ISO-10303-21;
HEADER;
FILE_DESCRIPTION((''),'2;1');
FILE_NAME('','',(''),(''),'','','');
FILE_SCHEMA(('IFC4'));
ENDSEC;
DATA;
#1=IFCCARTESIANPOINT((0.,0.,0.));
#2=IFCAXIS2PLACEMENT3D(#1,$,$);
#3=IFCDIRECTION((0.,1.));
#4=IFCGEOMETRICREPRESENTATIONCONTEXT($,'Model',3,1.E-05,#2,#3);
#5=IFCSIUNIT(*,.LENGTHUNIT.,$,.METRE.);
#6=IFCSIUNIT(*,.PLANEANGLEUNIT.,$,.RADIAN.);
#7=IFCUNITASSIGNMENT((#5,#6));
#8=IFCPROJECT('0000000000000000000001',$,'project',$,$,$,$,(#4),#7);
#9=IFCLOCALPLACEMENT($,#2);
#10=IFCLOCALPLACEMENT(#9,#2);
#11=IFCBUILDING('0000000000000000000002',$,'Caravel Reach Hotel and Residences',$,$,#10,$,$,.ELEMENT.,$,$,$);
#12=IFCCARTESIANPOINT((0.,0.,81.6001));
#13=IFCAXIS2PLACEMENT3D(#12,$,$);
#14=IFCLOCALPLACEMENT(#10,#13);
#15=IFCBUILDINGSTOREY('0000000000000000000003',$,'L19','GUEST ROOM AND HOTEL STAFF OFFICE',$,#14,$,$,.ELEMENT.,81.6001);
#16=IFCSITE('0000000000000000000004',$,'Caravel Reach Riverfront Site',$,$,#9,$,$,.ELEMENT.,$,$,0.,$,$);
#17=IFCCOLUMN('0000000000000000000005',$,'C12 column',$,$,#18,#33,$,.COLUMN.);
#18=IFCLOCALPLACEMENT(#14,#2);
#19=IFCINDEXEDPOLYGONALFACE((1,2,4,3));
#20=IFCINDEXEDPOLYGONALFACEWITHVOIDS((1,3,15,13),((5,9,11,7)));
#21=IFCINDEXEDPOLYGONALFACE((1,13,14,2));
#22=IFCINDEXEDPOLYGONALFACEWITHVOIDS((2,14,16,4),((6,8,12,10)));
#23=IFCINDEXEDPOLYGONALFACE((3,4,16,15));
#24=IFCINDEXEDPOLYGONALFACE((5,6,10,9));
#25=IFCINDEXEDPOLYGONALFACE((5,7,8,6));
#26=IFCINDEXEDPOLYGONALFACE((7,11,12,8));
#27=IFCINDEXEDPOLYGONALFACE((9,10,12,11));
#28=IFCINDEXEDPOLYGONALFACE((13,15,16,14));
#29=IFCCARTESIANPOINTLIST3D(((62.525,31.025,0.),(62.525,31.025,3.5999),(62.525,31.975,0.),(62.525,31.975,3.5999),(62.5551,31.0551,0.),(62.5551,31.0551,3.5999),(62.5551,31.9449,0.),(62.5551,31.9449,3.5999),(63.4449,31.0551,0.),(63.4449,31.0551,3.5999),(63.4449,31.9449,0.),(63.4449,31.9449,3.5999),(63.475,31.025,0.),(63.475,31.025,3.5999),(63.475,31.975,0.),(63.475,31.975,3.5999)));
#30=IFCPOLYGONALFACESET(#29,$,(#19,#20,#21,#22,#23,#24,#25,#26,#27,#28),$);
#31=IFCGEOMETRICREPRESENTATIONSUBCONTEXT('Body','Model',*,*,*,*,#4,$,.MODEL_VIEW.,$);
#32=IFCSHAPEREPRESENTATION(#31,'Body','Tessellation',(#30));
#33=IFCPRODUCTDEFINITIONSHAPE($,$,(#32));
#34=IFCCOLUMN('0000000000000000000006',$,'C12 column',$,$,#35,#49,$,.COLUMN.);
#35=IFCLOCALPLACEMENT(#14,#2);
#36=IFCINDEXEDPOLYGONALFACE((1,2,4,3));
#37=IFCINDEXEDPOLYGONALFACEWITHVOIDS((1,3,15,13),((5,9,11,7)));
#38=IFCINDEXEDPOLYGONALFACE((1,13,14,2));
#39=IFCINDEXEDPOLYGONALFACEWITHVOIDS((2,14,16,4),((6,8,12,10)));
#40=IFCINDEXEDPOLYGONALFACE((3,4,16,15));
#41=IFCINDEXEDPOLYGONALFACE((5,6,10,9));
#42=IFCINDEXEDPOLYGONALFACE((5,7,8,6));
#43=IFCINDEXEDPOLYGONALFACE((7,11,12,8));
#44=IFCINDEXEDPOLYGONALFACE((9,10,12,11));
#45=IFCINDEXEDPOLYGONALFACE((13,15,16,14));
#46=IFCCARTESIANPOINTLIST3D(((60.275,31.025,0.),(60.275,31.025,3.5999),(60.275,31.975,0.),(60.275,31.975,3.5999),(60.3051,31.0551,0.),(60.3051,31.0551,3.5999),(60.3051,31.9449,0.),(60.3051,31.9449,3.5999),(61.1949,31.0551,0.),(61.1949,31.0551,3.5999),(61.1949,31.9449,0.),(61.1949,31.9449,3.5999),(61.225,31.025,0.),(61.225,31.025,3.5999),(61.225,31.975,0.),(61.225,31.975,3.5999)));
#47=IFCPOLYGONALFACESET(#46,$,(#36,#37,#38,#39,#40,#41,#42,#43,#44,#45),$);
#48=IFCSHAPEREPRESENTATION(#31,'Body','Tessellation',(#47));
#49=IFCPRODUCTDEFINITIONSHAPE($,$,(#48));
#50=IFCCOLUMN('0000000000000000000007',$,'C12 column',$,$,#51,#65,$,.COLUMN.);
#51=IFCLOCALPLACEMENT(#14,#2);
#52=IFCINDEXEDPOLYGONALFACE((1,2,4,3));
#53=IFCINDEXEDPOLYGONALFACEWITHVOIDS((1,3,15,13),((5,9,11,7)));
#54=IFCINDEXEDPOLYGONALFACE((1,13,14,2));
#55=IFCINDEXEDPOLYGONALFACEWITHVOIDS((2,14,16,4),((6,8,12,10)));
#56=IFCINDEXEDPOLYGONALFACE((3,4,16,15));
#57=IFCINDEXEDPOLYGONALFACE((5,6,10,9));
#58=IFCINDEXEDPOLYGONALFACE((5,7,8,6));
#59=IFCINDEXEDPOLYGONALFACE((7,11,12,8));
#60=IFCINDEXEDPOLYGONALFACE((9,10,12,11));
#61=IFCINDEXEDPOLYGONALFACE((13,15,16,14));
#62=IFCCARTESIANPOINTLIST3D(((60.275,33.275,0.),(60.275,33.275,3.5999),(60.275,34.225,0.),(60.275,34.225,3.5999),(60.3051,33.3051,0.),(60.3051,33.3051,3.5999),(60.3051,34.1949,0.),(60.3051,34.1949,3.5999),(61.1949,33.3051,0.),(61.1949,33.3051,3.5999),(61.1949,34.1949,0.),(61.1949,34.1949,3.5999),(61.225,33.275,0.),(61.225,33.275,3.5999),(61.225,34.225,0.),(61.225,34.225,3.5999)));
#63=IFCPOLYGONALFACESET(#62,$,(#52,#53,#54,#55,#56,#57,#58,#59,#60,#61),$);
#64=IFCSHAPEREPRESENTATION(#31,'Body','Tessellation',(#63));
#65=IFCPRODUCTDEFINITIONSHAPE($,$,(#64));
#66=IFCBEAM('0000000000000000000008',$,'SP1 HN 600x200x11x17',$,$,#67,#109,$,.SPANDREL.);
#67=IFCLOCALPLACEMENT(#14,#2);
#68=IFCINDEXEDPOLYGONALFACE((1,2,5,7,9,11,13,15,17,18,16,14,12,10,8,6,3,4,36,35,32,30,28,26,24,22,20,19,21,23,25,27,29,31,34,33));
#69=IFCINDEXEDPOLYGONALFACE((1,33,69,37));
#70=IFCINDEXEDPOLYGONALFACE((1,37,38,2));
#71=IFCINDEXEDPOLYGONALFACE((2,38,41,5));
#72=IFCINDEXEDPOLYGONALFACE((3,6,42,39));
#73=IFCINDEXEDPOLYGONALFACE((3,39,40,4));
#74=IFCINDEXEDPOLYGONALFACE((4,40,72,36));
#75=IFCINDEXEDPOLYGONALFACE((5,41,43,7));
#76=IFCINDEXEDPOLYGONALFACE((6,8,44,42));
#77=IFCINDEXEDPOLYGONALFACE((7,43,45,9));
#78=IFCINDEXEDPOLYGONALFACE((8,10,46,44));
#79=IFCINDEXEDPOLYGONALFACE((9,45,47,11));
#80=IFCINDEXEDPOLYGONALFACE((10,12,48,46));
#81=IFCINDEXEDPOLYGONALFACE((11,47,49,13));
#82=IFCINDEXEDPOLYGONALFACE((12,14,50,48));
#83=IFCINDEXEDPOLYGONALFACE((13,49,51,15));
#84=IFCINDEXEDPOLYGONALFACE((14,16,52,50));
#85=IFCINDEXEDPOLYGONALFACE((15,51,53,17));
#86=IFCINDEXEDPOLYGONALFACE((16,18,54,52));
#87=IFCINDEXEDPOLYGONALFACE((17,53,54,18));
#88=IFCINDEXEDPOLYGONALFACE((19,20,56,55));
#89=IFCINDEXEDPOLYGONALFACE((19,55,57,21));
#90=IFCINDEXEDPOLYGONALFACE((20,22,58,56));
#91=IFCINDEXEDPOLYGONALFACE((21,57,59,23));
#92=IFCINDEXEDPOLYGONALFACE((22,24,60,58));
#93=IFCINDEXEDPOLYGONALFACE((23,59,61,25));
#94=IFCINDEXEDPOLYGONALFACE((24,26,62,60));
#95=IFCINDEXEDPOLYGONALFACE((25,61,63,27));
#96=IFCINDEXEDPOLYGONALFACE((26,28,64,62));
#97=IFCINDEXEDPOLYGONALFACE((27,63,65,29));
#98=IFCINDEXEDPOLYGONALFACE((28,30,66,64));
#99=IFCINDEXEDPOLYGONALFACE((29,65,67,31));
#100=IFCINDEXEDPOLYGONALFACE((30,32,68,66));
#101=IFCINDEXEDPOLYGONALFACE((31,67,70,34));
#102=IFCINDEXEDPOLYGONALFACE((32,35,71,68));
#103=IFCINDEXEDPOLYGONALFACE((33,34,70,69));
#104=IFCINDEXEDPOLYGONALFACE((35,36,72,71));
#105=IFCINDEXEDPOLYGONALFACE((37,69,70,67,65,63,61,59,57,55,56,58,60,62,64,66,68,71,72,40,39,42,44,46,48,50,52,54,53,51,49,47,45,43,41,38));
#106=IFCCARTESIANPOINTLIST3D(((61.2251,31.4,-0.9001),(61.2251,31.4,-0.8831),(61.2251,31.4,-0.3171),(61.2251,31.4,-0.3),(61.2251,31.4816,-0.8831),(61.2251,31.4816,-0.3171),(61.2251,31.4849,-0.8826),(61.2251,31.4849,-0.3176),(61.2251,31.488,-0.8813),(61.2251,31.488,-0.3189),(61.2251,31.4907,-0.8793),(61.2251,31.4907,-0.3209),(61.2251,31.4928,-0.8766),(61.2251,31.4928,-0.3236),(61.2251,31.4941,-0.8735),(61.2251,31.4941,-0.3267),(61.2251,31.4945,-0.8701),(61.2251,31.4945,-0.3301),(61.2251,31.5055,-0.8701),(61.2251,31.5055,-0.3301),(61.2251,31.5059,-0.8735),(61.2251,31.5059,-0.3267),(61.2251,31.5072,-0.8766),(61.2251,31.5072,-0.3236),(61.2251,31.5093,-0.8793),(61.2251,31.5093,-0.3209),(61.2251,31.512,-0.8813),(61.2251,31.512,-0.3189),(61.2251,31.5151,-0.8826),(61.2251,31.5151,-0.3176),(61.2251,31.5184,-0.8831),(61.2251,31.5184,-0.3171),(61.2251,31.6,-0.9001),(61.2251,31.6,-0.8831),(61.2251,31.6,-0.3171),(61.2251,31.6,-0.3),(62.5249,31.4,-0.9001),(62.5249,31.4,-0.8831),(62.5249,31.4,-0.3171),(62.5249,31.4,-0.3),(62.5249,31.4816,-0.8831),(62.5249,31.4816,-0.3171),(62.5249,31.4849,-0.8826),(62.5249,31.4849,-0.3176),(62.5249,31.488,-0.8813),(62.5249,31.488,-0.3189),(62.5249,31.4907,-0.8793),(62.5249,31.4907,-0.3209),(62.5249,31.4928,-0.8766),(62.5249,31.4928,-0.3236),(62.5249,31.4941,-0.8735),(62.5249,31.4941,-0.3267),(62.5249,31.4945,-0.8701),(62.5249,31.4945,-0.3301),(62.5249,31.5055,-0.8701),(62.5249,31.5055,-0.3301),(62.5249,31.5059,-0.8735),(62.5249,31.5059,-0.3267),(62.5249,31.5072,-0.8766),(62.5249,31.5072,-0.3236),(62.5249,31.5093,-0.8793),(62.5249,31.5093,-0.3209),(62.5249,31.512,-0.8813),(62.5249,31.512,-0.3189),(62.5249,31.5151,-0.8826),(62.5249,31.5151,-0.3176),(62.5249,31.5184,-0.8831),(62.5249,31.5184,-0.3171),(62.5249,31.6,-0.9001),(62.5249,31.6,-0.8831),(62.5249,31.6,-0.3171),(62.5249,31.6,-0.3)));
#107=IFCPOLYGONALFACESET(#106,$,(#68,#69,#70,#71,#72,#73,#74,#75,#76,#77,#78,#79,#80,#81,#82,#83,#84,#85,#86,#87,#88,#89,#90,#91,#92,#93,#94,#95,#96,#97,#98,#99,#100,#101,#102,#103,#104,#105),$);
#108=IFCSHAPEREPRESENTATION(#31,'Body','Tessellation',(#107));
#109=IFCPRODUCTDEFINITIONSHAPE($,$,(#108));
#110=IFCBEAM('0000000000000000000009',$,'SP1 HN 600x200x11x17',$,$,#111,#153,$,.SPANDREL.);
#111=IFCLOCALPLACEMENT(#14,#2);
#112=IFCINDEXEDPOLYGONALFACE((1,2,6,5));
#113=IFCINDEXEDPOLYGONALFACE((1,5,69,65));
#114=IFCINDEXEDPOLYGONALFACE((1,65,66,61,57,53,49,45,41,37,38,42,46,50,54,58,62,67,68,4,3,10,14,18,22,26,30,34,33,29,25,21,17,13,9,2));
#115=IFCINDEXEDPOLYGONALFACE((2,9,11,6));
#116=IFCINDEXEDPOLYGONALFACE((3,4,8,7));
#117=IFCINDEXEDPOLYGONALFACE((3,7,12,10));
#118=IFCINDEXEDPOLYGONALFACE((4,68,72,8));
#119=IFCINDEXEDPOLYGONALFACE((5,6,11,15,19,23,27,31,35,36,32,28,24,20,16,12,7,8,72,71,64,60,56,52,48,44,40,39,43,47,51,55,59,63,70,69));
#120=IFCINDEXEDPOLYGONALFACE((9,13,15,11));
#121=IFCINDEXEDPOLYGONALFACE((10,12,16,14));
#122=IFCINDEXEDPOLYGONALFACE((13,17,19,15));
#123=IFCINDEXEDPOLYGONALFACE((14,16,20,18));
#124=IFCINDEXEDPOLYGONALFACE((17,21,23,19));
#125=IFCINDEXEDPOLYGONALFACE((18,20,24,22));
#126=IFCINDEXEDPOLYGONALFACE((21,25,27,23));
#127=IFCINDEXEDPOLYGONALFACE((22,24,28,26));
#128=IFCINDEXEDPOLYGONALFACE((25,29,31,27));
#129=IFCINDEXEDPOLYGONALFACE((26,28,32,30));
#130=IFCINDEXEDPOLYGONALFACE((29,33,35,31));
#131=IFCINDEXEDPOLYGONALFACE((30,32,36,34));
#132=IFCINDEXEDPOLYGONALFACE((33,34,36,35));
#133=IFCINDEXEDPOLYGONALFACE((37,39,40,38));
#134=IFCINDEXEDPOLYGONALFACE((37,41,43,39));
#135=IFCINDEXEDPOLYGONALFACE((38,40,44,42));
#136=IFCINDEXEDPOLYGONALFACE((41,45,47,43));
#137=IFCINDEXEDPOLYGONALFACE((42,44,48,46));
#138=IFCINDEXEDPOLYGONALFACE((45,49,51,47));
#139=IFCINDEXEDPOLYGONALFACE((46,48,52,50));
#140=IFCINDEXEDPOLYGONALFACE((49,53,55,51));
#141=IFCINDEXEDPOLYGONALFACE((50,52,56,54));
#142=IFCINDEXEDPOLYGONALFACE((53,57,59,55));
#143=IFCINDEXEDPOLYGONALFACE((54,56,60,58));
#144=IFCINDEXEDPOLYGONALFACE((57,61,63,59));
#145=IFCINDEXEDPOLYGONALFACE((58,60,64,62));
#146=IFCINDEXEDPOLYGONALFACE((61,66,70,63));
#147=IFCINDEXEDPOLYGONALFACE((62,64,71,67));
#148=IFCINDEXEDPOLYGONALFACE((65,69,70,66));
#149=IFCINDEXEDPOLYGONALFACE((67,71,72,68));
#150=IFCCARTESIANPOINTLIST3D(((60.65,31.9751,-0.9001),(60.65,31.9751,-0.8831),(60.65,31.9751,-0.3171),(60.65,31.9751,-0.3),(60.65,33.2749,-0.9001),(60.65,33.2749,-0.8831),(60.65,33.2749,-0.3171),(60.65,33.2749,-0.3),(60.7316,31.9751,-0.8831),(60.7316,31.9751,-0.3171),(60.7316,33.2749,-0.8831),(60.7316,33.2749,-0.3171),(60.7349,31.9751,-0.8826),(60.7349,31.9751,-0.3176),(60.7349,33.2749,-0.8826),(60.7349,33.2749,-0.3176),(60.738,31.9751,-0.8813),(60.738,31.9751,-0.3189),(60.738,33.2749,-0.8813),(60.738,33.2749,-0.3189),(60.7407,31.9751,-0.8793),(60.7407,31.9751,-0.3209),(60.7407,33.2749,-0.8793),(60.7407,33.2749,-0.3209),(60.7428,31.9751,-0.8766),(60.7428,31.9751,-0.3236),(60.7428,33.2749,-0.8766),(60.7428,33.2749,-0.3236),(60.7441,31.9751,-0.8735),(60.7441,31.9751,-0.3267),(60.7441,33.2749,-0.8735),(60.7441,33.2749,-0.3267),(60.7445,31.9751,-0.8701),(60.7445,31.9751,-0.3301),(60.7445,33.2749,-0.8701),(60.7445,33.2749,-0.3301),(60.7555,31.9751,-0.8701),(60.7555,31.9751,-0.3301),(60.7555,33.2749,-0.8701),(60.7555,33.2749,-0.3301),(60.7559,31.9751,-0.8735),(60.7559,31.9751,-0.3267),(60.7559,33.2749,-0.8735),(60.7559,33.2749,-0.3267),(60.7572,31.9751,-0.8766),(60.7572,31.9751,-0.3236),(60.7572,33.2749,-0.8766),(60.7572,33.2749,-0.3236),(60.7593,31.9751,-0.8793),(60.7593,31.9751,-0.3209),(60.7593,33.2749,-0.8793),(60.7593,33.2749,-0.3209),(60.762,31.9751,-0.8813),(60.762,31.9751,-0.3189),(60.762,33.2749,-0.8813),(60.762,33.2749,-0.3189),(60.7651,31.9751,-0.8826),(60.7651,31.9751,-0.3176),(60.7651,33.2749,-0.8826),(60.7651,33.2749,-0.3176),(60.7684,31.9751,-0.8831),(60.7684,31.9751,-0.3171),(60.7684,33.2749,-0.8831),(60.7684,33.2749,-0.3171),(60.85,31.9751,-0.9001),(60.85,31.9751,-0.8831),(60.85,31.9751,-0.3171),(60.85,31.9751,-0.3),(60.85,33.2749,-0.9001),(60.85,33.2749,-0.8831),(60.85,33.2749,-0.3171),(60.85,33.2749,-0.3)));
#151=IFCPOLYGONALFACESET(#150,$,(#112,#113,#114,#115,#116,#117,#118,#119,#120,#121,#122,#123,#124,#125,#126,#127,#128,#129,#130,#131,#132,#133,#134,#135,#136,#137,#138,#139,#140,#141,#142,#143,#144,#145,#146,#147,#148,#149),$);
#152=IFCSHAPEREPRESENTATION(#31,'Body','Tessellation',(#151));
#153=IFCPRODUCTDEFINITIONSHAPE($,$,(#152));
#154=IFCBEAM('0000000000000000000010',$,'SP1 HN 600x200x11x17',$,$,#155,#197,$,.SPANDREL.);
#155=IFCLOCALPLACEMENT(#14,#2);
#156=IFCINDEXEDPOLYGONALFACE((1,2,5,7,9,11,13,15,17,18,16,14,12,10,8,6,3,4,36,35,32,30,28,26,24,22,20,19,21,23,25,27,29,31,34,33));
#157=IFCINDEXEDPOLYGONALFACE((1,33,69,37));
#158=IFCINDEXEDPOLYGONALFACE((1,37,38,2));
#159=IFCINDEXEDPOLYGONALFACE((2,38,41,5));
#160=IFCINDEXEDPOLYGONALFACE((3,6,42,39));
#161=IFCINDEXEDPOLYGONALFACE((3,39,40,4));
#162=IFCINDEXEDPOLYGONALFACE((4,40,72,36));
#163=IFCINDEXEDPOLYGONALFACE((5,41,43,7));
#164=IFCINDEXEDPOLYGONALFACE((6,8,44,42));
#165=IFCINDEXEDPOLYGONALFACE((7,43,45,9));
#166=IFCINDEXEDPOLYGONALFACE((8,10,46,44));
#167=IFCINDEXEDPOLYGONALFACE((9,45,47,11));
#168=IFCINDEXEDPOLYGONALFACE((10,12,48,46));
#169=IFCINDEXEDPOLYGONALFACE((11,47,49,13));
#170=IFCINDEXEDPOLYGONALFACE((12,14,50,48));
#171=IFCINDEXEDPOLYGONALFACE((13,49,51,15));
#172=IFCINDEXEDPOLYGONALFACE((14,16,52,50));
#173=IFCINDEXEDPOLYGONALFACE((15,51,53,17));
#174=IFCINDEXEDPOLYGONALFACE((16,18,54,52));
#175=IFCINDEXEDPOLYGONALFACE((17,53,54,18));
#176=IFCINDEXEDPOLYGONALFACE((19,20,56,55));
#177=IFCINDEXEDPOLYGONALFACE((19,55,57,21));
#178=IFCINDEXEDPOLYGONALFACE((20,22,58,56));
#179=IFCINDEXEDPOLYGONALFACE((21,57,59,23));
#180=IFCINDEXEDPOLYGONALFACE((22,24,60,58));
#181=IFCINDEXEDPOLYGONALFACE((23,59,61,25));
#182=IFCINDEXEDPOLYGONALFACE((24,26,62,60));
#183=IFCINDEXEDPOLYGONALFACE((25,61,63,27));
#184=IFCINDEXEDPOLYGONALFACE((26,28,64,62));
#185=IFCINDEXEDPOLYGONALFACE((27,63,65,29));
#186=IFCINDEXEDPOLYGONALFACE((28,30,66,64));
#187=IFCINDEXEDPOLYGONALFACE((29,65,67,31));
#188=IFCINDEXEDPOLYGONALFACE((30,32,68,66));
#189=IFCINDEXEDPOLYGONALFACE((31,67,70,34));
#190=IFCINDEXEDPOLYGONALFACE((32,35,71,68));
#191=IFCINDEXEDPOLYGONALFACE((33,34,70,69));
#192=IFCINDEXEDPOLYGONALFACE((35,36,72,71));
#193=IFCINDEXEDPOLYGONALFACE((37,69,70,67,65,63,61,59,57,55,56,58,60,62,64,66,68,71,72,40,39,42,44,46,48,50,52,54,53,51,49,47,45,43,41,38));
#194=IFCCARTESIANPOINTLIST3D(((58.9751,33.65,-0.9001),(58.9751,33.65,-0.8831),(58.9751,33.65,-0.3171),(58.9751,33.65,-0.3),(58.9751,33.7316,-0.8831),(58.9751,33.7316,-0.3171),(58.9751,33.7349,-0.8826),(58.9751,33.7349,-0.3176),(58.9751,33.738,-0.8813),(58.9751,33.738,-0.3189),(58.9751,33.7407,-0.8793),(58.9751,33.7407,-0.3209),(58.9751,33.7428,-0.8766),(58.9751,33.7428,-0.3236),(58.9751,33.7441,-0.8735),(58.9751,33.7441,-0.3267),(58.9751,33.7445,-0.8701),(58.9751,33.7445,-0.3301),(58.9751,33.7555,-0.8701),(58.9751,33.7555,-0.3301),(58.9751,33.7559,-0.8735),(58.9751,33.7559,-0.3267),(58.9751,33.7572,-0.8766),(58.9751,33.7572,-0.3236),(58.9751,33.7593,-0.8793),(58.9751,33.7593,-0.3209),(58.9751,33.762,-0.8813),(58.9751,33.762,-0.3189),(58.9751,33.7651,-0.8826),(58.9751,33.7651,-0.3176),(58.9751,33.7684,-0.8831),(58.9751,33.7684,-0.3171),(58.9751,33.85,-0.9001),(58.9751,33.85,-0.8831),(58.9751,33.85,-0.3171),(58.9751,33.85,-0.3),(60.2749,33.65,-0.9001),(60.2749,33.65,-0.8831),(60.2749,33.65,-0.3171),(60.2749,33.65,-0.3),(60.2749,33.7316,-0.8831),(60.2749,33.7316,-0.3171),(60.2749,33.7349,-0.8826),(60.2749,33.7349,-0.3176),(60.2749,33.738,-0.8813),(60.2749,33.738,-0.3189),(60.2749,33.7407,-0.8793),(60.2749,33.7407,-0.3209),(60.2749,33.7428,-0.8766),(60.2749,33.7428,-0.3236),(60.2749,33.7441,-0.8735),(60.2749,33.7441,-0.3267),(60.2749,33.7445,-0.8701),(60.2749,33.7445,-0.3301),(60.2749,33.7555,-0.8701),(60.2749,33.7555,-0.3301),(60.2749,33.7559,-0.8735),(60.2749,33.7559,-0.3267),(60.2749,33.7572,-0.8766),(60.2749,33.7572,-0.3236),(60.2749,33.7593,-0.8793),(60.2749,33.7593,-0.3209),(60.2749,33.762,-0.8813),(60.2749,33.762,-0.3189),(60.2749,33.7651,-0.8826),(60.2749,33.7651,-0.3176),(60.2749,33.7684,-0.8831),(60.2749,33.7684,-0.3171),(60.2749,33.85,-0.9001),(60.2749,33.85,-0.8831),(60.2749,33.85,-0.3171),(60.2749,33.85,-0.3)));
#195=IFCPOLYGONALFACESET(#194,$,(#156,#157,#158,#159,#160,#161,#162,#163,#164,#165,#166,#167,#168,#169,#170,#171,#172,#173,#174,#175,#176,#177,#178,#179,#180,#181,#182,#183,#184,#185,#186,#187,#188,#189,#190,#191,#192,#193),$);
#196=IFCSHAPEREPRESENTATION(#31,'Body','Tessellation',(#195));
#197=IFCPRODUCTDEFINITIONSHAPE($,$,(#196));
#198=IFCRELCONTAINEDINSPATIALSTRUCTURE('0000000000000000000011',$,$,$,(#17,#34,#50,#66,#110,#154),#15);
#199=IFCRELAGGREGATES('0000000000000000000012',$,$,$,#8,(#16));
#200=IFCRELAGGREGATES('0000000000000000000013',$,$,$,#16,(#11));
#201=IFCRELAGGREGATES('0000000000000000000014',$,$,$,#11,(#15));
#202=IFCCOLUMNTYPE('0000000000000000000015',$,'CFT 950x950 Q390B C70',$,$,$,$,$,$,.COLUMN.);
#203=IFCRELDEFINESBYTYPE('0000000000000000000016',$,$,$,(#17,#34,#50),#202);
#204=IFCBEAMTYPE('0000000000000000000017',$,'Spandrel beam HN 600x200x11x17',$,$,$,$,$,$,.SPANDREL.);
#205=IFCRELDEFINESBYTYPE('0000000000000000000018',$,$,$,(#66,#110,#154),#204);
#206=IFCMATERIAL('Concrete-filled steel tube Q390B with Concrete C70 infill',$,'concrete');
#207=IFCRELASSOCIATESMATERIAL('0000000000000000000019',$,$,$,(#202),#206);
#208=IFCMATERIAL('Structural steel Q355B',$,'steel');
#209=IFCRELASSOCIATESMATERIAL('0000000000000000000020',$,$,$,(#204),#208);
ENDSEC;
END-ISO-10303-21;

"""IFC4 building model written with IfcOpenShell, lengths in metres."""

from ifc_helpers import new_model, si_unit, direction, frame, origin, origin_2d, place, context, subcontext, project, spatial, hollow_rectangle, i_section, extrude, material, material_profile, profile_set, type_object, element, save


model = new_model("IFC4")

# Units and contexts
model_context = context("Model", 3, precision=1e-05, world=origin(), true_north=direction((0.0, 1.0)))
body_context = subcontext(model_context, "Body", "Model", "MODEL_VIEW")
ifc_project = project(units=[si_unit("LENGTHUNIT", "METRE"), si_unit("PLANEANGLEUNIT", "RADIAN")], contexts=[model_context])

# Site, building, storey
site_placement = place(None, origin())
site = spatial("IfcSite", under=ifc_project, at=site_placement, Name="Caravel Reach Riverfront Site", CompositionType="ELEMENT", RefElevation=0.0)
building_placement = place(site_placement, origin())
building = spatial("IfcBuilding", under=site, at=building_placement, Name="Caravel Reach Hotel and Residences", CompositionType="ELEMENT")
storey_placement = place(building_placement, frame((0.0, 0.0, 81.6001)))
storey = spatial("IfcBuildingStorey", under=building, at=storey_placement, Name="L19", Description="GUEST ROOM AND HOTEL STAFF OFFICE", CompositionType="ELEMENT", Elevation=81.6001)

# Columns
ifc_material_1 = material(Name="Concrete-filled steel tube Q390B with Concrete C70 infill", Category="concrete")
ifc_material_profile_1 = material_profile(ifc_material_1, hollow_rectangle(XDim=0.95, YDim=0.95, WallThickness=0.03, at=origin_2d()), Name="RHS 950x950x30")
ifc_profile_set_1 = profile_set([ifc_material_profile_1], Name="Concrete-filled steel tube Q390B with Concrete C70 infill")
column_type = type_object("IfcColumnType", Name="CFT 950x950 Q390B C70", PredefinedType="COLUMN", material=ifc_profile_set_1)
for number, where, z_axis, x_axis, name in (
    (1, (63.0, 31.5, 0.0), (0.0, 0.0, 1.0), (1.0, 0.0, 0.0), "C12 column"),
    (2, (60.75, 31.5, 0.0), (0.0, 0.0, 1.0), (1.0, 0.0, 0.0), "C12 column"),
    (3, (60.75, 33.75, 0.0), (0.0, 0.0, 1.0), (1.0, 0.0, 0.0), "C12 column"),
):
    element("IfcColumn", number, at=place(storey_placement, frame(where, z_axis=z_axis, x_axis=x_axis)), inside=storey, type_object=column_type, Name=name, PredefinedType="COLUMN", context=body_context, shape_type="SweptSolid", body=[
        extrude(hollow_rectangle(XDim=0.95, YDim=0.95, WallThickness=0.03, at=origin_2d()), origin(), (0.0, 0.0, 1.0), 3.5999),
    ])

# Beams
ifc_material_2 = material(Name="Structural steel Q355B", Category="steel")
ifc_material_profile_2 = material_profile(ifc_material_2, i_section(OverallWidth=0.2, OverallDepth=0.6001, WebThickness=0.011, FlangeThickness=0.0171, FilletRadius=0.0129, at=origin_2d()), Name="HN 600x200x11x17")
ifc_profile_set_2 = profile_set([ifc_material_profile_2], Name="Structural steel Q355B")
beam_type = type_object("IfcBeamType", Name="Spandrel beam HN 600x200x11x17", PredefinedType="SPANDREL", material=ifc_profile_set_2)
for number, where, z_axis, x_axis, name in (
    (4, (62.5249, 31.5, -0.6001), (-1.0, 0.0, 0.0), (0.0, -1.0, 0.0), "SP1 HN 600x200x11x17"),
    (5, (60.75, 31.9751, -0.6001), (0.0, 1.0, 0.0), (-1.0, 0.0, 0.0), "SP1 HN 600x200x11x17"),
    (6, (60.2749, 33.75, -0.6001), (-1.0, 0.0, 0.0), (0.0, -1.0, 0.0), "SP1 HN 600x200x11x17"),
):
    element("IfcBeam", number, at=place(storey_placement, frame(where, z_axis=z_axis, x_axis=x_axis)), inside=storey, type_object=beam_type, Name=name, PredefinedType="SPANDREL", context=body_context, shape_type="SweptSolid", body=[
        extrude(i_section(OverallWidth=0.2, OverallDepth=0.6001, WebThickness=0.011, FlangeThickness=0.0171, FilletRadius=0.0129, at=origin_2d()), origin(), (0.0, 0.0, 1.0), 1.2998),
    ])

save(model, "model.ifc")
